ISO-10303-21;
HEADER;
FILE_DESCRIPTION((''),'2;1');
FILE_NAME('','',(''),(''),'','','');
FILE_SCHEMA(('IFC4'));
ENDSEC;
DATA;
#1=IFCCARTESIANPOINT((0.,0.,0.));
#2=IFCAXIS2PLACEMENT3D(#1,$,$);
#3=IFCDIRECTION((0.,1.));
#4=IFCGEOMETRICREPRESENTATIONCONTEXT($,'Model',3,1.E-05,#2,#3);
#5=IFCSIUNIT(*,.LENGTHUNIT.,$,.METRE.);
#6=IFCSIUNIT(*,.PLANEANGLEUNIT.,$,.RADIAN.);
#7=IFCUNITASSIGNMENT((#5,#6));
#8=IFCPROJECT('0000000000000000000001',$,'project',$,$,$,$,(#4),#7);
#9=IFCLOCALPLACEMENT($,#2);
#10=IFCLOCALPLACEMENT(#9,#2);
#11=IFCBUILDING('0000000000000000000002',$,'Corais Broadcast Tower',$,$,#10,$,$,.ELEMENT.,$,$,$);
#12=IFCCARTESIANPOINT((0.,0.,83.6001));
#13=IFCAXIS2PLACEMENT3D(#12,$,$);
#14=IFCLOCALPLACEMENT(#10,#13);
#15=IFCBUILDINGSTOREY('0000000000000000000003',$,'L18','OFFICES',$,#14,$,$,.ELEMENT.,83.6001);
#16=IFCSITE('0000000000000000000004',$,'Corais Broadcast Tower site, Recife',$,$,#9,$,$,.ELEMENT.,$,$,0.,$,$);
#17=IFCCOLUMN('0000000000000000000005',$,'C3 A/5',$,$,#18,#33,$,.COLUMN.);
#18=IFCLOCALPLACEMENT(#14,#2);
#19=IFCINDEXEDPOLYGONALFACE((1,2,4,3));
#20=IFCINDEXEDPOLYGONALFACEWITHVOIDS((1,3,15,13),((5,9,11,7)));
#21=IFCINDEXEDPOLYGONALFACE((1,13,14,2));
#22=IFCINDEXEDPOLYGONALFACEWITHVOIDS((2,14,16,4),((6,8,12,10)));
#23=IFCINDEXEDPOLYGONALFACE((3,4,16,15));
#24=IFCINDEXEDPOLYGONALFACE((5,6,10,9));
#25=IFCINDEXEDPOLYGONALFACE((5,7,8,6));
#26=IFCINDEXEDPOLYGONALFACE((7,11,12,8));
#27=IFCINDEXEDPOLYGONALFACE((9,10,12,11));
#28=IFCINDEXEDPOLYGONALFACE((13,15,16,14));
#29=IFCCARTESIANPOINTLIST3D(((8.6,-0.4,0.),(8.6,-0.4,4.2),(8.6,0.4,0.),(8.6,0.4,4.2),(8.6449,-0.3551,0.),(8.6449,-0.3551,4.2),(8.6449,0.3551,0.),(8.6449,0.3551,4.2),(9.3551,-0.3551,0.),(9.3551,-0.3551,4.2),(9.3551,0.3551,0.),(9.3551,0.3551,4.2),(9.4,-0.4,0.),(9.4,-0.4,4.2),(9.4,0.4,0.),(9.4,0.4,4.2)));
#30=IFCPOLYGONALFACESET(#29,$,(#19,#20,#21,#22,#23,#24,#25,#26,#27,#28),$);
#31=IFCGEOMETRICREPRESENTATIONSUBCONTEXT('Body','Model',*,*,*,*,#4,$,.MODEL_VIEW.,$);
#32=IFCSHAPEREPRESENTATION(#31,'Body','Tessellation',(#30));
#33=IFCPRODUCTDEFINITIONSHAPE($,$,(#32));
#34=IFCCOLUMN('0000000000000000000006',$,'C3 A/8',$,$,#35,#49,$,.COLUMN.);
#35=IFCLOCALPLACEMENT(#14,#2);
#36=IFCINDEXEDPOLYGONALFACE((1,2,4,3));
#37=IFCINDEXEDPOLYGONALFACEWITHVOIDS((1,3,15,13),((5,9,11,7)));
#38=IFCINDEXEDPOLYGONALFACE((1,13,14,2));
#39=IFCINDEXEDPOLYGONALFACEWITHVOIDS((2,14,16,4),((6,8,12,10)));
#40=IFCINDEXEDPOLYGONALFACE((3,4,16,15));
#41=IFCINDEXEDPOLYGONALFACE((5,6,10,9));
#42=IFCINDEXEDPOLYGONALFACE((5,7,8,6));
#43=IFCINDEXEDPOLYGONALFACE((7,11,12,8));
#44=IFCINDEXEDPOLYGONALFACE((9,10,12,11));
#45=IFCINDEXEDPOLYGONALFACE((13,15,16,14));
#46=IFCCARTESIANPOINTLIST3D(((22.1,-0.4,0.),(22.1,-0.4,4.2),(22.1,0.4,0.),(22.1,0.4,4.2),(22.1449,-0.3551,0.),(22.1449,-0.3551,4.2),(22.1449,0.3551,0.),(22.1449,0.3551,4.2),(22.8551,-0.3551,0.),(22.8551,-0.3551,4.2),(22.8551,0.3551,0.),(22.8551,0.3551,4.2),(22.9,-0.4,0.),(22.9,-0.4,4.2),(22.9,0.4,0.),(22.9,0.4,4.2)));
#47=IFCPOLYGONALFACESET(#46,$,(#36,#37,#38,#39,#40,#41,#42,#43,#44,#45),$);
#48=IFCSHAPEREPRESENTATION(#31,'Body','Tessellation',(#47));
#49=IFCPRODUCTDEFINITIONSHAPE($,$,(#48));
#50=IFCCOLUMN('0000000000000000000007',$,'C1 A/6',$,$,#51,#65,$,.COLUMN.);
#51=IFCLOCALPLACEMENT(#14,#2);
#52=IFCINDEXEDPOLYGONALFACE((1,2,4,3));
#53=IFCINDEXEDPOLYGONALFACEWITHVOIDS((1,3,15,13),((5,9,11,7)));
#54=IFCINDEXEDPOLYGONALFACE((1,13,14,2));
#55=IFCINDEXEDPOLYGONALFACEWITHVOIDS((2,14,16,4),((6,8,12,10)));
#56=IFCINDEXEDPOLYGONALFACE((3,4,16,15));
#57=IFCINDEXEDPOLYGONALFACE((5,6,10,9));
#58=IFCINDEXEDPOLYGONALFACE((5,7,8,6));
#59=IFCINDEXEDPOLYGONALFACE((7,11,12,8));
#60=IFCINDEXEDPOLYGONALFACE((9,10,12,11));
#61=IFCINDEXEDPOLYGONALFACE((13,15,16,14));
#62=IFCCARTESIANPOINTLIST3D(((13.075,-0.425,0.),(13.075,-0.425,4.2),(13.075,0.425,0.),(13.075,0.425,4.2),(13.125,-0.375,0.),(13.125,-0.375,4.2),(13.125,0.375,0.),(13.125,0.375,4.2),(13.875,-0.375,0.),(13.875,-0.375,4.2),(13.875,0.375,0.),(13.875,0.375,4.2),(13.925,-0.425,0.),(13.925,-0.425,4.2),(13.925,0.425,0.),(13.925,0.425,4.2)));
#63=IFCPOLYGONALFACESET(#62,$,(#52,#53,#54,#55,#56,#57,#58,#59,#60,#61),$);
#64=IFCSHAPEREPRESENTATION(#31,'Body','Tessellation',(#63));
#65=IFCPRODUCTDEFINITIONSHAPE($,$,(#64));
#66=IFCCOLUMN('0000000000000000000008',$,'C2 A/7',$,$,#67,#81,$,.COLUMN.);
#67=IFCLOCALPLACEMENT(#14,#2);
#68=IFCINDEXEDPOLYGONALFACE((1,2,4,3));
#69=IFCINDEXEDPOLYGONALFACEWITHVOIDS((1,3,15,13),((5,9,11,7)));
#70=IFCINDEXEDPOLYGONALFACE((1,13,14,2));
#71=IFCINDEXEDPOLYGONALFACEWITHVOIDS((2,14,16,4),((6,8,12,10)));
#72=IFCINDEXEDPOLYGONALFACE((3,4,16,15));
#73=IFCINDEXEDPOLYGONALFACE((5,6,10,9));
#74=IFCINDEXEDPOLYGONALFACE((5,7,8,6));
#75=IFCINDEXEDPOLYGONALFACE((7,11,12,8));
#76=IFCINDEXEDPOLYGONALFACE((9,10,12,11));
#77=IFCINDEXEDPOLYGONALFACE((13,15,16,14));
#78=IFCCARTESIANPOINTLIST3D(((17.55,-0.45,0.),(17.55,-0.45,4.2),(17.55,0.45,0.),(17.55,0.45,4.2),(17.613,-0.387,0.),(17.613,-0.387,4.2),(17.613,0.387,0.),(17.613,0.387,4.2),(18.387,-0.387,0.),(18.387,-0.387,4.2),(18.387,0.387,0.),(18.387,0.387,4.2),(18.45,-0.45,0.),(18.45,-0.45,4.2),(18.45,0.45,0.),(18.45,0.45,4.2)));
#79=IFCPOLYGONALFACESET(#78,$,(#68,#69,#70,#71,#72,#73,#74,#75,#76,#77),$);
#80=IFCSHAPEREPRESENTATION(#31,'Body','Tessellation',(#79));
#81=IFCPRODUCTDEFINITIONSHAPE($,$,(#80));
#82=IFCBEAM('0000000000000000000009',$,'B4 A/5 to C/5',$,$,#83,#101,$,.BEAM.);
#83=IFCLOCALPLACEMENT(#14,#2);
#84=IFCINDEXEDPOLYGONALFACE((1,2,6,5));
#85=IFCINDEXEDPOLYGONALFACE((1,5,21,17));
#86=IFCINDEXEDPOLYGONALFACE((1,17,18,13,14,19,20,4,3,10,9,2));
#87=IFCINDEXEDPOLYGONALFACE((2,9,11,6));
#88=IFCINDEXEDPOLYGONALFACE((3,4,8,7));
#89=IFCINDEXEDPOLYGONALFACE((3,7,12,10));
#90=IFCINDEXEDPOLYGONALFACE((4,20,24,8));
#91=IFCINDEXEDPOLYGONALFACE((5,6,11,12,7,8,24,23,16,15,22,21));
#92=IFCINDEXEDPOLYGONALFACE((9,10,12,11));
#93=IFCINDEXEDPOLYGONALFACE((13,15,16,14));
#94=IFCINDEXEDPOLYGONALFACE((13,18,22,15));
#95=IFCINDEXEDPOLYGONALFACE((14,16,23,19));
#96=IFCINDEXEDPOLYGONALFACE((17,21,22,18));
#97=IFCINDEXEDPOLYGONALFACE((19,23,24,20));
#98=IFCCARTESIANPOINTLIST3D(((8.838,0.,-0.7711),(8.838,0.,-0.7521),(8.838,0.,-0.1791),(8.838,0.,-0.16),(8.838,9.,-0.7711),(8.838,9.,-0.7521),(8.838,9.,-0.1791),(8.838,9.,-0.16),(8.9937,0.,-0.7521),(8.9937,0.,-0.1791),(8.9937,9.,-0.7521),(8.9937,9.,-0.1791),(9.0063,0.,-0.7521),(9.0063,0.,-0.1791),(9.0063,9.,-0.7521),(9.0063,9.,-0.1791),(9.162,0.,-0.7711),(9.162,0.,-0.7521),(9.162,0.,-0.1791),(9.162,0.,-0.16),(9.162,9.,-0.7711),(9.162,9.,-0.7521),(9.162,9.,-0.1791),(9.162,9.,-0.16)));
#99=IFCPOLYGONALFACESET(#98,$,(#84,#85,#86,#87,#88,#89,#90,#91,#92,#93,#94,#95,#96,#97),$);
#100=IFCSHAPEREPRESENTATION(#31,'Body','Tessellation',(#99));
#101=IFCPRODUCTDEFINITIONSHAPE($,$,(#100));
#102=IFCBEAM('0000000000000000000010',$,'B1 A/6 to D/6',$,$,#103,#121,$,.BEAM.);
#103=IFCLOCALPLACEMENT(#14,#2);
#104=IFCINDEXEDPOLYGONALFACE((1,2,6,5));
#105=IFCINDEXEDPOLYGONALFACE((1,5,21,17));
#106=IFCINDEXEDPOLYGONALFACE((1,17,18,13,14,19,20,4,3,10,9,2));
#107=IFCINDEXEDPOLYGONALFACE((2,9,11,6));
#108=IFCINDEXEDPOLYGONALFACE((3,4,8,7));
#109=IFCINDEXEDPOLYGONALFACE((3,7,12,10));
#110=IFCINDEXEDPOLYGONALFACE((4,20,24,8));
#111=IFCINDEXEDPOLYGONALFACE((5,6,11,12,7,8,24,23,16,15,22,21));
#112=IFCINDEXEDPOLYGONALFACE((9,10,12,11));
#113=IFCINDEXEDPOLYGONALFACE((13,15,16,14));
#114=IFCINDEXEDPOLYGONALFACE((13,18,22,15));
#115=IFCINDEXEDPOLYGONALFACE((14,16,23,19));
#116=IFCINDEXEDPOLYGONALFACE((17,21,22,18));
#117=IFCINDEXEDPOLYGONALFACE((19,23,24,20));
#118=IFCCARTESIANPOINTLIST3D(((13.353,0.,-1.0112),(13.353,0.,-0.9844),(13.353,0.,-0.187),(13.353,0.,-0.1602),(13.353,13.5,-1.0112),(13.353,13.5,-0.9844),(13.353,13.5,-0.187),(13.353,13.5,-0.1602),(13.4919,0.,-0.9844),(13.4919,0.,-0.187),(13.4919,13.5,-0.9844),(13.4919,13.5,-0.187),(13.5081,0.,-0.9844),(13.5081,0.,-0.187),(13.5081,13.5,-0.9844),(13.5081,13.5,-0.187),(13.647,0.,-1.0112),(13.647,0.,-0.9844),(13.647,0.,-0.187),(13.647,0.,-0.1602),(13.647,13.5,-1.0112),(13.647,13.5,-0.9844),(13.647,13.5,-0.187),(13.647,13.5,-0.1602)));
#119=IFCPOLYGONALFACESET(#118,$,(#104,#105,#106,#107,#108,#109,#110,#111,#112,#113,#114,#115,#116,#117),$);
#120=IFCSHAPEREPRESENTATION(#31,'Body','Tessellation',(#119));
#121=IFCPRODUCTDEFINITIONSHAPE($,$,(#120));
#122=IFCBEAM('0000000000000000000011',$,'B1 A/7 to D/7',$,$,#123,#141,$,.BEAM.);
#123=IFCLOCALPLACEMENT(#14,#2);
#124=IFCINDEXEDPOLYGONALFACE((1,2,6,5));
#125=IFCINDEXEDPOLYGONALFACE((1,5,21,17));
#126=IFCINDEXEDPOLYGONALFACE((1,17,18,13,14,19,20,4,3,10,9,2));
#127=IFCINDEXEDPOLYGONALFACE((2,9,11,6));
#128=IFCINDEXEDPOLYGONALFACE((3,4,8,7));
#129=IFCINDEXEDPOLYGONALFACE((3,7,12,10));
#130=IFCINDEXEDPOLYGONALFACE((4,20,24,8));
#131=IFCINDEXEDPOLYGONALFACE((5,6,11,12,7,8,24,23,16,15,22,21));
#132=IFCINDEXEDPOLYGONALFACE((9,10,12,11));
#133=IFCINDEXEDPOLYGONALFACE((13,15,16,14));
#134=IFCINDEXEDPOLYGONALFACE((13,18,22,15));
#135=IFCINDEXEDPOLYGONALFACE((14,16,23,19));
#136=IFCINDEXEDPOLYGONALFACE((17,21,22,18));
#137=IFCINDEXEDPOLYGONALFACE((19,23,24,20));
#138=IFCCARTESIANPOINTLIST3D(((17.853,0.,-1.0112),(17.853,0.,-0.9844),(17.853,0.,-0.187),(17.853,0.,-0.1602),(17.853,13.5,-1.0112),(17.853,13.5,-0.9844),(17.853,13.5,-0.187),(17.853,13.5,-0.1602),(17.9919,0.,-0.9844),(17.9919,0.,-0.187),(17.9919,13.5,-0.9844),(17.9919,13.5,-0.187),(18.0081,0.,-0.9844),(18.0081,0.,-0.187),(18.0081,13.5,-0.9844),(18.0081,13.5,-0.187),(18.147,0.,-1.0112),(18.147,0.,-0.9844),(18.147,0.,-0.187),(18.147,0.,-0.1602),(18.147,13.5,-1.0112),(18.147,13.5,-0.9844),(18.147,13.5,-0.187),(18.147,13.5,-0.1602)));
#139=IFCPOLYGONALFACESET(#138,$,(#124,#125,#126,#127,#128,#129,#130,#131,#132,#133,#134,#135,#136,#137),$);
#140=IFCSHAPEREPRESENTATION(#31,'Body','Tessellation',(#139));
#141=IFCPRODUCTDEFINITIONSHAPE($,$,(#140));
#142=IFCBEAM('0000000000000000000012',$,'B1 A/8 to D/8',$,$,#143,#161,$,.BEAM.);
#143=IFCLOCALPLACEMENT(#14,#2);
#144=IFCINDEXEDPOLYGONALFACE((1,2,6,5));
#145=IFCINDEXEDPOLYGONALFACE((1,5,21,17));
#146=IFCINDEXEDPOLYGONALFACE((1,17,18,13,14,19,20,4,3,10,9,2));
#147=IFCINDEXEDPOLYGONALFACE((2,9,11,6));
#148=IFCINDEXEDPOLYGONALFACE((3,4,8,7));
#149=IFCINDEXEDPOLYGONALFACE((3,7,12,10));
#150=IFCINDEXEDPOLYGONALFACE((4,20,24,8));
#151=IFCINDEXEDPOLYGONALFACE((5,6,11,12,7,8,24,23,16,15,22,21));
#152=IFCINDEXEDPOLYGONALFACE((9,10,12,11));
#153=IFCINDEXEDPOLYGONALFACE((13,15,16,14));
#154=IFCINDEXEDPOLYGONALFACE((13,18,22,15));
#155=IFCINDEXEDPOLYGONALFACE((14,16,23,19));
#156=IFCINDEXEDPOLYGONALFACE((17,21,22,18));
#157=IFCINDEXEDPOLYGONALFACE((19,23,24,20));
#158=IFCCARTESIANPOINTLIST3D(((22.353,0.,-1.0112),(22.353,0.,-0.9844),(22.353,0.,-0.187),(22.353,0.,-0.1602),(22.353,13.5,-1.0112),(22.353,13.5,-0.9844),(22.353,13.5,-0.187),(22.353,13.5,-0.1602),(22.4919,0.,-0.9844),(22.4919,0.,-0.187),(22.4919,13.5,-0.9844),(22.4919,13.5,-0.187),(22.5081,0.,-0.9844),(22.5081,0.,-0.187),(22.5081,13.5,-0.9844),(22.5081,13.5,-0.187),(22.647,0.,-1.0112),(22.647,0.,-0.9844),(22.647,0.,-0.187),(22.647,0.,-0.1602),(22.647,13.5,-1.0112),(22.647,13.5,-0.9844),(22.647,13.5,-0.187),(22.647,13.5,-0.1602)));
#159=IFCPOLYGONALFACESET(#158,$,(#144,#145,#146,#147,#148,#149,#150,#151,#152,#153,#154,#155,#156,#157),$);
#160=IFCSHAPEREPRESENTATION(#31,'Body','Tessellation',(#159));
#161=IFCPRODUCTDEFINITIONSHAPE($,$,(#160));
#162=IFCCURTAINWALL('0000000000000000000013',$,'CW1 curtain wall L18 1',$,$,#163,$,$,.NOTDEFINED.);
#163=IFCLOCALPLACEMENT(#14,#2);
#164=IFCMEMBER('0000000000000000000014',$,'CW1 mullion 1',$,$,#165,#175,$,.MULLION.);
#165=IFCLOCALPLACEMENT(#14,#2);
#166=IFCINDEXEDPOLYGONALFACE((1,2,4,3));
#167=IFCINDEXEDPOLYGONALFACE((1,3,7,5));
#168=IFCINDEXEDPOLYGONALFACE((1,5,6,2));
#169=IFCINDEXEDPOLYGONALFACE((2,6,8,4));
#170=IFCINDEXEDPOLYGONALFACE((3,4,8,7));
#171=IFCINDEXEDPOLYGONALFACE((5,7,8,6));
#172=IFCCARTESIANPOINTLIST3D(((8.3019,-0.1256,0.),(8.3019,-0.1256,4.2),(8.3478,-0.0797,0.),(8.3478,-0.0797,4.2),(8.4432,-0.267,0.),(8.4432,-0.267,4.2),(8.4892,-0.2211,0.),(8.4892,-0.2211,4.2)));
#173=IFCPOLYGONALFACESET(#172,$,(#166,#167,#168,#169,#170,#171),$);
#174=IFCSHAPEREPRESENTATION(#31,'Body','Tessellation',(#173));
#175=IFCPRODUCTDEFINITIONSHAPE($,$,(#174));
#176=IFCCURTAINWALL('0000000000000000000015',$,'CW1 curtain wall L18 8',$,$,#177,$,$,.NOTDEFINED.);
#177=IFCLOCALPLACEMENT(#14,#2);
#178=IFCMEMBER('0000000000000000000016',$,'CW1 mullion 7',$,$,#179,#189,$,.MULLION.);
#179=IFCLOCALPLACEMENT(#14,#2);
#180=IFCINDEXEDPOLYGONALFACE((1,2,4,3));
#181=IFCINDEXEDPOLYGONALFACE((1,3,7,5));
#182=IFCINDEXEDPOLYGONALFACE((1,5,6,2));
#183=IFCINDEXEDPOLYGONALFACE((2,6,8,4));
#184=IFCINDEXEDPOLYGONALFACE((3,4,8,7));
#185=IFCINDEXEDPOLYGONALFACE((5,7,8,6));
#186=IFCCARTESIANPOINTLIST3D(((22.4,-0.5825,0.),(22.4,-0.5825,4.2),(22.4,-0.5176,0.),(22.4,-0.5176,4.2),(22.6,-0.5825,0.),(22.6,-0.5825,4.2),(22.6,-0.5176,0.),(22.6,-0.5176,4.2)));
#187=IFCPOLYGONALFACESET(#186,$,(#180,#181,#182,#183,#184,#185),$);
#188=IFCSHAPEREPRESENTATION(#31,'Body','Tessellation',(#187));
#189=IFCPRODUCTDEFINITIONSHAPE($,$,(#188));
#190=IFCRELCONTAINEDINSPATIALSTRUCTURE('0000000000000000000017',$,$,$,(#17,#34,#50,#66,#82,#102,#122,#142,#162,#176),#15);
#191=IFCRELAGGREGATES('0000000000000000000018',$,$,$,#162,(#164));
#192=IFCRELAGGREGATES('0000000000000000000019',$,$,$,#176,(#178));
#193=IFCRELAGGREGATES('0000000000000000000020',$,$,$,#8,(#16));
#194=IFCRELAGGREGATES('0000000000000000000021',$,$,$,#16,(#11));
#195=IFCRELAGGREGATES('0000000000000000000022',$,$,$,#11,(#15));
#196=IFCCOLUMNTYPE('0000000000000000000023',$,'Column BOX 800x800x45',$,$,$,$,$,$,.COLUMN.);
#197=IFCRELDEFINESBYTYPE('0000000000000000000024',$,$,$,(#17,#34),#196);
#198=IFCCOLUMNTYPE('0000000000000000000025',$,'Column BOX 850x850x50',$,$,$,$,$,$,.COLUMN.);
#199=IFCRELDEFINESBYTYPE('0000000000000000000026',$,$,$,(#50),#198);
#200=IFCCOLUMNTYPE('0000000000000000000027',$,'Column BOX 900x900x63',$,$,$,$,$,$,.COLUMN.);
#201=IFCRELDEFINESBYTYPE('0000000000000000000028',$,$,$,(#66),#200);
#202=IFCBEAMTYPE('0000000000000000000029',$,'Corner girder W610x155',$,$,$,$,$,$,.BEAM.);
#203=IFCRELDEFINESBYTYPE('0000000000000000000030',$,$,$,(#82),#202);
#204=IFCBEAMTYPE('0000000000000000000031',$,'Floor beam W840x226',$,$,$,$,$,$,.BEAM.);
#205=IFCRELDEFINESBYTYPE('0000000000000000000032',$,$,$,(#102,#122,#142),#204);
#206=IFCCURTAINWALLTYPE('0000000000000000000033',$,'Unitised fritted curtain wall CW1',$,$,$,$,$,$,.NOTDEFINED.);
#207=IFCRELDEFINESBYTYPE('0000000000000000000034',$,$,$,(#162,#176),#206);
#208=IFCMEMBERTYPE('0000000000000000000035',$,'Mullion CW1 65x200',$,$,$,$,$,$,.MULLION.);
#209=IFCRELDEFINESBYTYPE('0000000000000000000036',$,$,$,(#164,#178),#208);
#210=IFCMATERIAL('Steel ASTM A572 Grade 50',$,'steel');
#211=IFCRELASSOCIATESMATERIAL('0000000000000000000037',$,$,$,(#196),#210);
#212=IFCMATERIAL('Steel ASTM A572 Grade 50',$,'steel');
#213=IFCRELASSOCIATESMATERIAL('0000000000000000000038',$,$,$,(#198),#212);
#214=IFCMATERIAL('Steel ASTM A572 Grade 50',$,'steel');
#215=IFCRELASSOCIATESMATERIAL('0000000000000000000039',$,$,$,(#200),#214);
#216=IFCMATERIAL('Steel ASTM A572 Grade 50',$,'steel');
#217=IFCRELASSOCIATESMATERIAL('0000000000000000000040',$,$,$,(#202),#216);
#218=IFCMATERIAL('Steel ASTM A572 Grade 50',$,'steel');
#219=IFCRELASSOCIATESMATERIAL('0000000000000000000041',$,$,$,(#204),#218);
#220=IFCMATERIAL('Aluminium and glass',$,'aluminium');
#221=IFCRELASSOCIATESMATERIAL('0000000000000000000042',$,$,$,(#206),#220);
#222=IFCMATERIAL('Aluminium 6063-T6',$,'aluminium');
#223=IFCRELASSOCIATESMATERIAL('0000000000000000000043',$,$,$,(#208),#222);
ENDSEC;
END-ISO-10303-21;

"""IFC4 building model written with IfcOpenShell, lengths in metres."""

from ifc_helpers import new_model, si_unit, direction, frame, origin, origin_2d, place, context, subcontext, project, spatial, rectangle, hollow_rectangle, i_section, extrude, material, material_profile, profile_set, type_object, element, aggregate, save


model = new_model("IFC4")

# Units and contexts
model_context = context("Model", 3, precision=1e-05, world=origin(), true_north=direction((0.0, 1.0)))
body_context = subcontext(model_context, "Body", "Model", "MODEL_VIEW")
ifc_project = project(units=[si_unit("LENGTHUNIT", "METRE"), si_unit("PLANEANGLEUNIT", "RADIAN")], contexts=[model_context])

# Site, building, storey
site_placement = place(None, origin())
site = spatial("IfcSite", under=ifc_project, at=site_placement, Name="Corais Broadcast Tower site, Recife", CompositionType="ELEMENT", RefElevation=0.0)
building_placement = place(site_placement, origin())
building = spatial("IfcBuilding", under=site, at=building_placement, Name="Corais Broadcast Tower", CompositionType="ELEMENT")
storey_placement = place(building_placement, frame((0.0, 0.0, 83.6001)))
storey = spatial("IfcBuildingStorey", under=building, at=storey_placement, Name="L18", Description="OFFICES", CompositionType="ELEMENT", Elevation=83.6001)

# Columns
ifc_material_1 = material(Name="Steel ASTM A572 Grade 50", Category="steel")
ifc_material_profile_1 = material_profile(ifc_material_1, hollow_rectangle(XDim=0.8, YDim=0.8, WallThickness=0.0449, at=origin_2d()), Name="BOX 800x800x45")
ifc_profile_set_1 = profile_set([ifc_material_profile_1], Name="Steel ASTM A572 Grade 50")
column_type_1 = type_object("IfcColumnType", Name="Column BOX 800x800x45", PredefinedType="COLUMN", material=ifc_profile_set_1)
for number, where, z_axis, x_axis, name in (
    (1, (9.0, 0.0, 0.0), (0.0, 0.0, 1.0), (1.0, 0.0, 0.0), "C3 A/5"),
    (2, (22.5, 0.0, 0.0), (0.0, 0.0, 1.0), (1.0, 0.0, 0.0), "C3 A/8"),
):
    element("IfcColumn", number, at=place(storey_placement, frame(where, z_axis=z_axis, x_axis=x_axis)), inside=storey, type_object=column_type_1, Name=name, PredefinedType="COLUMN", context=body_context, shape_type="SweptSolid", body=[
        extrude(hollow_rectangle(XDim=0.8, YDim=0.8, WallThickness=0.0449, at=origin_2d()), origin(), (0.0, 0.0, 1.0), 4.2),
    ])
ifc_material_2 = material(Name="Steel ASTM A572 Grade 50", Category="steel")
ifc_material_profile_2 = material_profile(ifc_material_2, hollow_rectangle(XDim=0.8501, YDim=0.8501, WallThickness=0.05, at=origin_2d()), Name="BOX 850x850x50")
ifc_profile_set_2 = profile_set([ifc_material_profile_2], Name="Steel ASTM A572 Grade 50")
column_type_2 = type_object("IfcColumnType", Name="Column BOX 850x850x50", PredefinedType="COLUMN", material=ifc_profile_set_2)
column_1_placement = place(storey_placement, frame((13.5, 0.0, 0.0), z_axis=(0.0, 0.0, 1.0), x_axis=(1.0, 0.0, 0.0)))
element("IfcColumn", 3, at=column_1_placement, inside=storey, type_object=column_type_2, Name="C1 A/6", PredefinedType="COLUMN", context=body_context, shape_type="SweptSolid", body=[
    extrude(hollow_rectangle(XDim=0.8501, YDim=0.8501, WallThickness=0.05, at=origin_2d()), origin(), (0.0, 0.0, 1.0), 4.2),
])
ifc_material_3 = material(Name="Steel ASTM A572 Grade 50", Category="steel")
ifc_material_profile_3 = material_profile(ifc_material_3, hollow_rectangle(XDim=0.8999, YDim=0.8999, WallThickness=0.063, at=origin_2d()), Name="BOX 900x900x63")
ifc_profile_set_3 = profile_set([ifc_material_profile_3], Name="Steel ASTM A572 Grade 50")
column_type_3 = type_object("IfcColumnType", Name="Column BOX 900x900x63", PredefinedType="COLUMN", material=ifc_profile_set_3)
column_2_placement = place(storey_placement, frame((18.0, 0.0, 0.0), z_axis=(0.0, 0.0, 1.0), x_axis=(1.0, 0.0, 0.0)))
element("IfcColumn", 4, at=column_2_placement, inside=storey, type_object=column_type_3, Name="C2 A/7", PredefinedType="COLUMN", context=body_context, shape_type="SweptSolid", body=[
    extrude(hollow_rectangle(XDim=0.8999, YDim=0.8999, WallThickness=0.063, at=origin_2d()), origin(), (0.0, 0.0, 1.0), 4.2),
])

# Beams
ifc_material_4 = material(Name="Steel ASTM A572 Grade 50", Category="steel")
ifc_material_profile_4 = material_profile(ifc_material_4, i_section(OverallWidth=0.324, OverallDepth=0.6111, WebThickness=0.0127, FlangeThickness=0.019, at=origin_2d()), Name="W610x155")
ifc_profile_set_4 = profile_set([ifc_material_profile_4], Name="Steel ASTM A572 Grade 50")
beam_type_1 = type_object("IfcBeamType", Name="Corner girder W610x155", PredefinedType="BEAM", material=ifc_profile_set_4)
beam_1_placement = place(storey_placement, frame((9.0, 0.0, -0.4656), z_axis=(0.0, 1.0, 0.0), x_axis=(-1.0, 0.0, 0.0)))
element("IfcBeam", 5, at=beam_1_placement, inside=storey, type_object=beam_type_1, Name="B4 A/5 to C/5", PredefinedType="BEAM", context=body_context, shape_type="SweptSolid", body=[
    extrude(i_section(OverallWidth=0.324, OverallDepth=0.6111, WebThickness=0.0127, FlangeThickness=0.019, at=origin_2d()), origin(), (0.0, 0.0, 1.0), 9.0),
])
ifc_material_5 = material(Name="Steel ASTM A572 Grade 50", Category="steel")
ifc_material_profile_5 = material_profile(ifc_material_5, i_section(OverallWidth=0.2939, OverallDepth=0.8511, WebThickness=0.0161, FlangeThickness=0.0269, at=origin_2d()), Name="W840x226")
ifc_profile_set_5 = profile_set([ifc_material_profile_5], Name="Steel ASTM A572 Grade 50")
beam_type_2 = type_object("IfcBeamType", Name="Floor beam W840x226", PredefinedType="BEAM", material=ifc_profile_set_5)
for number, where, z_axis, x_axis, name in (
    (6, (13.5, 0.0, -0.5857), (0.0, 1.0, 0.0), (-1.0, 0.0, 0.0), "B1 A/6 to D/6"),
    (7, (18.0, 0.0, -0.5857), (0.0, 1.0, 0.0), (-1.0, 0.0, 0.0), "B1 A/7 to D/7"),
    (8, (22.5, 0.0, -0.5857), (0.0, 1.0, 0.0), (-1.0, 0.0, 0.0), "B1 A/8 to D/8"),
):
    element("IfcBeam", number, at=place(storey_placement, frame(where, z_axis=z_axis, x_axis=x_axis)), inside=storey, type_object=beam_type_2, Name=name, PredefinedType="BEAM", context=body_context, shape_type="SweptSolid", body=[
        extrude(i_section(OverallWidth=0.2939, OverallDepth=0.8511, WebThickness=0.0161, FlangeThickness=0.0269, at=origin_2d()), origin(), (0.0, 0.0, 1.0), 13.5),
    ])

# Curtain wall, member
ifc_material_6 = material(Name="Aluminium and glass", Category="aluminium")
curtain_wall_type = type_object("IfcCurtainWallType", Name="Unitised fritted curtain wall CW1", PredefinedType="NOTDEFINED", material=ifc_material_6)
curtain_wall_1_placement = place(storey_placement, origin())
curtain_wall_1 = element("IfcCurtainWall", 9, at=curtain_wall_1_placement, inside=storey, type_object=curtain_wall_type, Name="CW1 curtain wall L18 1", PredefinedType="NOTDEFINED")
ifc_material_7 = material(Name="Aluminium 6063-T6", Category="aluminium")
ifc_material_profile_6 = material_profile(ifc_material_7, rectangle(XDim=0.0649, YDim=0.2, at=origin_2d()), Name="Mullion CW1 65x200")
ifc_profile_set_6 = profile_set([ifc_material_profile_6], Name="Aluminium 6063-T6")
member_type_1 = type_object("IfcMemberType", Name="Mullion CW1 65x200", PredefinedType="MULLION", material=ifc_profile_set_6)
member_1_placement = place(storey_placement, frame((8.3955, -0.1733, 0.0), z_axis=(0.0, 0.0, 1.0), x_axis=(-0.707107, -0.707107, 0.0)))
member_1 = element("IfcMember", 10, at=member_1_placement, type_object=member_type_1, Name="CW1 mullion 1", PredefinedType="MULLION", context=body_context, shape_type="SweptSolid", body=[
    extrude(rectangle(XDim=0.0649, YDim=0.2, at=origin_2d()), origin(), (0.0, 0.0, 1.0), 4.2),
])

# Curtain wall, member
curtain_wall_2_placement = place(storey_placement, origin())
curtain_wall_2 = element("IfcCurtainWall", 11, at=curtain_wall_2_placement, inside=storey, type_object=curtain_wall_type, Name="CW1 curtain wall L18 8", PredefinedType="NOTDEFINED")
member_2_placement = place(storey_placement, frame((22.5, -0.55, 0.0), z_axis=(0.0, 0.0, 1.0), x_axis=(0.0, -1.0, 0.0)))
member_2 = element("IfcMember", 12, at=member_2_placement, type_object=member_type_1, Name="CW1 mullion 7", PredefinedType="MULLION", context=body_context, shape_type="SweptSolid", body=[
    extrude(rectangle(XDim=0.0649, YDim=0.2, at=origin_2d()), origin(), (0.0, 0.0, 1.0), 4.2),
])

aggregate(curtain_wall_1, [member_1])

aggregate(curtain_wall_2, [member_2])

save(model, "model.ifc")
